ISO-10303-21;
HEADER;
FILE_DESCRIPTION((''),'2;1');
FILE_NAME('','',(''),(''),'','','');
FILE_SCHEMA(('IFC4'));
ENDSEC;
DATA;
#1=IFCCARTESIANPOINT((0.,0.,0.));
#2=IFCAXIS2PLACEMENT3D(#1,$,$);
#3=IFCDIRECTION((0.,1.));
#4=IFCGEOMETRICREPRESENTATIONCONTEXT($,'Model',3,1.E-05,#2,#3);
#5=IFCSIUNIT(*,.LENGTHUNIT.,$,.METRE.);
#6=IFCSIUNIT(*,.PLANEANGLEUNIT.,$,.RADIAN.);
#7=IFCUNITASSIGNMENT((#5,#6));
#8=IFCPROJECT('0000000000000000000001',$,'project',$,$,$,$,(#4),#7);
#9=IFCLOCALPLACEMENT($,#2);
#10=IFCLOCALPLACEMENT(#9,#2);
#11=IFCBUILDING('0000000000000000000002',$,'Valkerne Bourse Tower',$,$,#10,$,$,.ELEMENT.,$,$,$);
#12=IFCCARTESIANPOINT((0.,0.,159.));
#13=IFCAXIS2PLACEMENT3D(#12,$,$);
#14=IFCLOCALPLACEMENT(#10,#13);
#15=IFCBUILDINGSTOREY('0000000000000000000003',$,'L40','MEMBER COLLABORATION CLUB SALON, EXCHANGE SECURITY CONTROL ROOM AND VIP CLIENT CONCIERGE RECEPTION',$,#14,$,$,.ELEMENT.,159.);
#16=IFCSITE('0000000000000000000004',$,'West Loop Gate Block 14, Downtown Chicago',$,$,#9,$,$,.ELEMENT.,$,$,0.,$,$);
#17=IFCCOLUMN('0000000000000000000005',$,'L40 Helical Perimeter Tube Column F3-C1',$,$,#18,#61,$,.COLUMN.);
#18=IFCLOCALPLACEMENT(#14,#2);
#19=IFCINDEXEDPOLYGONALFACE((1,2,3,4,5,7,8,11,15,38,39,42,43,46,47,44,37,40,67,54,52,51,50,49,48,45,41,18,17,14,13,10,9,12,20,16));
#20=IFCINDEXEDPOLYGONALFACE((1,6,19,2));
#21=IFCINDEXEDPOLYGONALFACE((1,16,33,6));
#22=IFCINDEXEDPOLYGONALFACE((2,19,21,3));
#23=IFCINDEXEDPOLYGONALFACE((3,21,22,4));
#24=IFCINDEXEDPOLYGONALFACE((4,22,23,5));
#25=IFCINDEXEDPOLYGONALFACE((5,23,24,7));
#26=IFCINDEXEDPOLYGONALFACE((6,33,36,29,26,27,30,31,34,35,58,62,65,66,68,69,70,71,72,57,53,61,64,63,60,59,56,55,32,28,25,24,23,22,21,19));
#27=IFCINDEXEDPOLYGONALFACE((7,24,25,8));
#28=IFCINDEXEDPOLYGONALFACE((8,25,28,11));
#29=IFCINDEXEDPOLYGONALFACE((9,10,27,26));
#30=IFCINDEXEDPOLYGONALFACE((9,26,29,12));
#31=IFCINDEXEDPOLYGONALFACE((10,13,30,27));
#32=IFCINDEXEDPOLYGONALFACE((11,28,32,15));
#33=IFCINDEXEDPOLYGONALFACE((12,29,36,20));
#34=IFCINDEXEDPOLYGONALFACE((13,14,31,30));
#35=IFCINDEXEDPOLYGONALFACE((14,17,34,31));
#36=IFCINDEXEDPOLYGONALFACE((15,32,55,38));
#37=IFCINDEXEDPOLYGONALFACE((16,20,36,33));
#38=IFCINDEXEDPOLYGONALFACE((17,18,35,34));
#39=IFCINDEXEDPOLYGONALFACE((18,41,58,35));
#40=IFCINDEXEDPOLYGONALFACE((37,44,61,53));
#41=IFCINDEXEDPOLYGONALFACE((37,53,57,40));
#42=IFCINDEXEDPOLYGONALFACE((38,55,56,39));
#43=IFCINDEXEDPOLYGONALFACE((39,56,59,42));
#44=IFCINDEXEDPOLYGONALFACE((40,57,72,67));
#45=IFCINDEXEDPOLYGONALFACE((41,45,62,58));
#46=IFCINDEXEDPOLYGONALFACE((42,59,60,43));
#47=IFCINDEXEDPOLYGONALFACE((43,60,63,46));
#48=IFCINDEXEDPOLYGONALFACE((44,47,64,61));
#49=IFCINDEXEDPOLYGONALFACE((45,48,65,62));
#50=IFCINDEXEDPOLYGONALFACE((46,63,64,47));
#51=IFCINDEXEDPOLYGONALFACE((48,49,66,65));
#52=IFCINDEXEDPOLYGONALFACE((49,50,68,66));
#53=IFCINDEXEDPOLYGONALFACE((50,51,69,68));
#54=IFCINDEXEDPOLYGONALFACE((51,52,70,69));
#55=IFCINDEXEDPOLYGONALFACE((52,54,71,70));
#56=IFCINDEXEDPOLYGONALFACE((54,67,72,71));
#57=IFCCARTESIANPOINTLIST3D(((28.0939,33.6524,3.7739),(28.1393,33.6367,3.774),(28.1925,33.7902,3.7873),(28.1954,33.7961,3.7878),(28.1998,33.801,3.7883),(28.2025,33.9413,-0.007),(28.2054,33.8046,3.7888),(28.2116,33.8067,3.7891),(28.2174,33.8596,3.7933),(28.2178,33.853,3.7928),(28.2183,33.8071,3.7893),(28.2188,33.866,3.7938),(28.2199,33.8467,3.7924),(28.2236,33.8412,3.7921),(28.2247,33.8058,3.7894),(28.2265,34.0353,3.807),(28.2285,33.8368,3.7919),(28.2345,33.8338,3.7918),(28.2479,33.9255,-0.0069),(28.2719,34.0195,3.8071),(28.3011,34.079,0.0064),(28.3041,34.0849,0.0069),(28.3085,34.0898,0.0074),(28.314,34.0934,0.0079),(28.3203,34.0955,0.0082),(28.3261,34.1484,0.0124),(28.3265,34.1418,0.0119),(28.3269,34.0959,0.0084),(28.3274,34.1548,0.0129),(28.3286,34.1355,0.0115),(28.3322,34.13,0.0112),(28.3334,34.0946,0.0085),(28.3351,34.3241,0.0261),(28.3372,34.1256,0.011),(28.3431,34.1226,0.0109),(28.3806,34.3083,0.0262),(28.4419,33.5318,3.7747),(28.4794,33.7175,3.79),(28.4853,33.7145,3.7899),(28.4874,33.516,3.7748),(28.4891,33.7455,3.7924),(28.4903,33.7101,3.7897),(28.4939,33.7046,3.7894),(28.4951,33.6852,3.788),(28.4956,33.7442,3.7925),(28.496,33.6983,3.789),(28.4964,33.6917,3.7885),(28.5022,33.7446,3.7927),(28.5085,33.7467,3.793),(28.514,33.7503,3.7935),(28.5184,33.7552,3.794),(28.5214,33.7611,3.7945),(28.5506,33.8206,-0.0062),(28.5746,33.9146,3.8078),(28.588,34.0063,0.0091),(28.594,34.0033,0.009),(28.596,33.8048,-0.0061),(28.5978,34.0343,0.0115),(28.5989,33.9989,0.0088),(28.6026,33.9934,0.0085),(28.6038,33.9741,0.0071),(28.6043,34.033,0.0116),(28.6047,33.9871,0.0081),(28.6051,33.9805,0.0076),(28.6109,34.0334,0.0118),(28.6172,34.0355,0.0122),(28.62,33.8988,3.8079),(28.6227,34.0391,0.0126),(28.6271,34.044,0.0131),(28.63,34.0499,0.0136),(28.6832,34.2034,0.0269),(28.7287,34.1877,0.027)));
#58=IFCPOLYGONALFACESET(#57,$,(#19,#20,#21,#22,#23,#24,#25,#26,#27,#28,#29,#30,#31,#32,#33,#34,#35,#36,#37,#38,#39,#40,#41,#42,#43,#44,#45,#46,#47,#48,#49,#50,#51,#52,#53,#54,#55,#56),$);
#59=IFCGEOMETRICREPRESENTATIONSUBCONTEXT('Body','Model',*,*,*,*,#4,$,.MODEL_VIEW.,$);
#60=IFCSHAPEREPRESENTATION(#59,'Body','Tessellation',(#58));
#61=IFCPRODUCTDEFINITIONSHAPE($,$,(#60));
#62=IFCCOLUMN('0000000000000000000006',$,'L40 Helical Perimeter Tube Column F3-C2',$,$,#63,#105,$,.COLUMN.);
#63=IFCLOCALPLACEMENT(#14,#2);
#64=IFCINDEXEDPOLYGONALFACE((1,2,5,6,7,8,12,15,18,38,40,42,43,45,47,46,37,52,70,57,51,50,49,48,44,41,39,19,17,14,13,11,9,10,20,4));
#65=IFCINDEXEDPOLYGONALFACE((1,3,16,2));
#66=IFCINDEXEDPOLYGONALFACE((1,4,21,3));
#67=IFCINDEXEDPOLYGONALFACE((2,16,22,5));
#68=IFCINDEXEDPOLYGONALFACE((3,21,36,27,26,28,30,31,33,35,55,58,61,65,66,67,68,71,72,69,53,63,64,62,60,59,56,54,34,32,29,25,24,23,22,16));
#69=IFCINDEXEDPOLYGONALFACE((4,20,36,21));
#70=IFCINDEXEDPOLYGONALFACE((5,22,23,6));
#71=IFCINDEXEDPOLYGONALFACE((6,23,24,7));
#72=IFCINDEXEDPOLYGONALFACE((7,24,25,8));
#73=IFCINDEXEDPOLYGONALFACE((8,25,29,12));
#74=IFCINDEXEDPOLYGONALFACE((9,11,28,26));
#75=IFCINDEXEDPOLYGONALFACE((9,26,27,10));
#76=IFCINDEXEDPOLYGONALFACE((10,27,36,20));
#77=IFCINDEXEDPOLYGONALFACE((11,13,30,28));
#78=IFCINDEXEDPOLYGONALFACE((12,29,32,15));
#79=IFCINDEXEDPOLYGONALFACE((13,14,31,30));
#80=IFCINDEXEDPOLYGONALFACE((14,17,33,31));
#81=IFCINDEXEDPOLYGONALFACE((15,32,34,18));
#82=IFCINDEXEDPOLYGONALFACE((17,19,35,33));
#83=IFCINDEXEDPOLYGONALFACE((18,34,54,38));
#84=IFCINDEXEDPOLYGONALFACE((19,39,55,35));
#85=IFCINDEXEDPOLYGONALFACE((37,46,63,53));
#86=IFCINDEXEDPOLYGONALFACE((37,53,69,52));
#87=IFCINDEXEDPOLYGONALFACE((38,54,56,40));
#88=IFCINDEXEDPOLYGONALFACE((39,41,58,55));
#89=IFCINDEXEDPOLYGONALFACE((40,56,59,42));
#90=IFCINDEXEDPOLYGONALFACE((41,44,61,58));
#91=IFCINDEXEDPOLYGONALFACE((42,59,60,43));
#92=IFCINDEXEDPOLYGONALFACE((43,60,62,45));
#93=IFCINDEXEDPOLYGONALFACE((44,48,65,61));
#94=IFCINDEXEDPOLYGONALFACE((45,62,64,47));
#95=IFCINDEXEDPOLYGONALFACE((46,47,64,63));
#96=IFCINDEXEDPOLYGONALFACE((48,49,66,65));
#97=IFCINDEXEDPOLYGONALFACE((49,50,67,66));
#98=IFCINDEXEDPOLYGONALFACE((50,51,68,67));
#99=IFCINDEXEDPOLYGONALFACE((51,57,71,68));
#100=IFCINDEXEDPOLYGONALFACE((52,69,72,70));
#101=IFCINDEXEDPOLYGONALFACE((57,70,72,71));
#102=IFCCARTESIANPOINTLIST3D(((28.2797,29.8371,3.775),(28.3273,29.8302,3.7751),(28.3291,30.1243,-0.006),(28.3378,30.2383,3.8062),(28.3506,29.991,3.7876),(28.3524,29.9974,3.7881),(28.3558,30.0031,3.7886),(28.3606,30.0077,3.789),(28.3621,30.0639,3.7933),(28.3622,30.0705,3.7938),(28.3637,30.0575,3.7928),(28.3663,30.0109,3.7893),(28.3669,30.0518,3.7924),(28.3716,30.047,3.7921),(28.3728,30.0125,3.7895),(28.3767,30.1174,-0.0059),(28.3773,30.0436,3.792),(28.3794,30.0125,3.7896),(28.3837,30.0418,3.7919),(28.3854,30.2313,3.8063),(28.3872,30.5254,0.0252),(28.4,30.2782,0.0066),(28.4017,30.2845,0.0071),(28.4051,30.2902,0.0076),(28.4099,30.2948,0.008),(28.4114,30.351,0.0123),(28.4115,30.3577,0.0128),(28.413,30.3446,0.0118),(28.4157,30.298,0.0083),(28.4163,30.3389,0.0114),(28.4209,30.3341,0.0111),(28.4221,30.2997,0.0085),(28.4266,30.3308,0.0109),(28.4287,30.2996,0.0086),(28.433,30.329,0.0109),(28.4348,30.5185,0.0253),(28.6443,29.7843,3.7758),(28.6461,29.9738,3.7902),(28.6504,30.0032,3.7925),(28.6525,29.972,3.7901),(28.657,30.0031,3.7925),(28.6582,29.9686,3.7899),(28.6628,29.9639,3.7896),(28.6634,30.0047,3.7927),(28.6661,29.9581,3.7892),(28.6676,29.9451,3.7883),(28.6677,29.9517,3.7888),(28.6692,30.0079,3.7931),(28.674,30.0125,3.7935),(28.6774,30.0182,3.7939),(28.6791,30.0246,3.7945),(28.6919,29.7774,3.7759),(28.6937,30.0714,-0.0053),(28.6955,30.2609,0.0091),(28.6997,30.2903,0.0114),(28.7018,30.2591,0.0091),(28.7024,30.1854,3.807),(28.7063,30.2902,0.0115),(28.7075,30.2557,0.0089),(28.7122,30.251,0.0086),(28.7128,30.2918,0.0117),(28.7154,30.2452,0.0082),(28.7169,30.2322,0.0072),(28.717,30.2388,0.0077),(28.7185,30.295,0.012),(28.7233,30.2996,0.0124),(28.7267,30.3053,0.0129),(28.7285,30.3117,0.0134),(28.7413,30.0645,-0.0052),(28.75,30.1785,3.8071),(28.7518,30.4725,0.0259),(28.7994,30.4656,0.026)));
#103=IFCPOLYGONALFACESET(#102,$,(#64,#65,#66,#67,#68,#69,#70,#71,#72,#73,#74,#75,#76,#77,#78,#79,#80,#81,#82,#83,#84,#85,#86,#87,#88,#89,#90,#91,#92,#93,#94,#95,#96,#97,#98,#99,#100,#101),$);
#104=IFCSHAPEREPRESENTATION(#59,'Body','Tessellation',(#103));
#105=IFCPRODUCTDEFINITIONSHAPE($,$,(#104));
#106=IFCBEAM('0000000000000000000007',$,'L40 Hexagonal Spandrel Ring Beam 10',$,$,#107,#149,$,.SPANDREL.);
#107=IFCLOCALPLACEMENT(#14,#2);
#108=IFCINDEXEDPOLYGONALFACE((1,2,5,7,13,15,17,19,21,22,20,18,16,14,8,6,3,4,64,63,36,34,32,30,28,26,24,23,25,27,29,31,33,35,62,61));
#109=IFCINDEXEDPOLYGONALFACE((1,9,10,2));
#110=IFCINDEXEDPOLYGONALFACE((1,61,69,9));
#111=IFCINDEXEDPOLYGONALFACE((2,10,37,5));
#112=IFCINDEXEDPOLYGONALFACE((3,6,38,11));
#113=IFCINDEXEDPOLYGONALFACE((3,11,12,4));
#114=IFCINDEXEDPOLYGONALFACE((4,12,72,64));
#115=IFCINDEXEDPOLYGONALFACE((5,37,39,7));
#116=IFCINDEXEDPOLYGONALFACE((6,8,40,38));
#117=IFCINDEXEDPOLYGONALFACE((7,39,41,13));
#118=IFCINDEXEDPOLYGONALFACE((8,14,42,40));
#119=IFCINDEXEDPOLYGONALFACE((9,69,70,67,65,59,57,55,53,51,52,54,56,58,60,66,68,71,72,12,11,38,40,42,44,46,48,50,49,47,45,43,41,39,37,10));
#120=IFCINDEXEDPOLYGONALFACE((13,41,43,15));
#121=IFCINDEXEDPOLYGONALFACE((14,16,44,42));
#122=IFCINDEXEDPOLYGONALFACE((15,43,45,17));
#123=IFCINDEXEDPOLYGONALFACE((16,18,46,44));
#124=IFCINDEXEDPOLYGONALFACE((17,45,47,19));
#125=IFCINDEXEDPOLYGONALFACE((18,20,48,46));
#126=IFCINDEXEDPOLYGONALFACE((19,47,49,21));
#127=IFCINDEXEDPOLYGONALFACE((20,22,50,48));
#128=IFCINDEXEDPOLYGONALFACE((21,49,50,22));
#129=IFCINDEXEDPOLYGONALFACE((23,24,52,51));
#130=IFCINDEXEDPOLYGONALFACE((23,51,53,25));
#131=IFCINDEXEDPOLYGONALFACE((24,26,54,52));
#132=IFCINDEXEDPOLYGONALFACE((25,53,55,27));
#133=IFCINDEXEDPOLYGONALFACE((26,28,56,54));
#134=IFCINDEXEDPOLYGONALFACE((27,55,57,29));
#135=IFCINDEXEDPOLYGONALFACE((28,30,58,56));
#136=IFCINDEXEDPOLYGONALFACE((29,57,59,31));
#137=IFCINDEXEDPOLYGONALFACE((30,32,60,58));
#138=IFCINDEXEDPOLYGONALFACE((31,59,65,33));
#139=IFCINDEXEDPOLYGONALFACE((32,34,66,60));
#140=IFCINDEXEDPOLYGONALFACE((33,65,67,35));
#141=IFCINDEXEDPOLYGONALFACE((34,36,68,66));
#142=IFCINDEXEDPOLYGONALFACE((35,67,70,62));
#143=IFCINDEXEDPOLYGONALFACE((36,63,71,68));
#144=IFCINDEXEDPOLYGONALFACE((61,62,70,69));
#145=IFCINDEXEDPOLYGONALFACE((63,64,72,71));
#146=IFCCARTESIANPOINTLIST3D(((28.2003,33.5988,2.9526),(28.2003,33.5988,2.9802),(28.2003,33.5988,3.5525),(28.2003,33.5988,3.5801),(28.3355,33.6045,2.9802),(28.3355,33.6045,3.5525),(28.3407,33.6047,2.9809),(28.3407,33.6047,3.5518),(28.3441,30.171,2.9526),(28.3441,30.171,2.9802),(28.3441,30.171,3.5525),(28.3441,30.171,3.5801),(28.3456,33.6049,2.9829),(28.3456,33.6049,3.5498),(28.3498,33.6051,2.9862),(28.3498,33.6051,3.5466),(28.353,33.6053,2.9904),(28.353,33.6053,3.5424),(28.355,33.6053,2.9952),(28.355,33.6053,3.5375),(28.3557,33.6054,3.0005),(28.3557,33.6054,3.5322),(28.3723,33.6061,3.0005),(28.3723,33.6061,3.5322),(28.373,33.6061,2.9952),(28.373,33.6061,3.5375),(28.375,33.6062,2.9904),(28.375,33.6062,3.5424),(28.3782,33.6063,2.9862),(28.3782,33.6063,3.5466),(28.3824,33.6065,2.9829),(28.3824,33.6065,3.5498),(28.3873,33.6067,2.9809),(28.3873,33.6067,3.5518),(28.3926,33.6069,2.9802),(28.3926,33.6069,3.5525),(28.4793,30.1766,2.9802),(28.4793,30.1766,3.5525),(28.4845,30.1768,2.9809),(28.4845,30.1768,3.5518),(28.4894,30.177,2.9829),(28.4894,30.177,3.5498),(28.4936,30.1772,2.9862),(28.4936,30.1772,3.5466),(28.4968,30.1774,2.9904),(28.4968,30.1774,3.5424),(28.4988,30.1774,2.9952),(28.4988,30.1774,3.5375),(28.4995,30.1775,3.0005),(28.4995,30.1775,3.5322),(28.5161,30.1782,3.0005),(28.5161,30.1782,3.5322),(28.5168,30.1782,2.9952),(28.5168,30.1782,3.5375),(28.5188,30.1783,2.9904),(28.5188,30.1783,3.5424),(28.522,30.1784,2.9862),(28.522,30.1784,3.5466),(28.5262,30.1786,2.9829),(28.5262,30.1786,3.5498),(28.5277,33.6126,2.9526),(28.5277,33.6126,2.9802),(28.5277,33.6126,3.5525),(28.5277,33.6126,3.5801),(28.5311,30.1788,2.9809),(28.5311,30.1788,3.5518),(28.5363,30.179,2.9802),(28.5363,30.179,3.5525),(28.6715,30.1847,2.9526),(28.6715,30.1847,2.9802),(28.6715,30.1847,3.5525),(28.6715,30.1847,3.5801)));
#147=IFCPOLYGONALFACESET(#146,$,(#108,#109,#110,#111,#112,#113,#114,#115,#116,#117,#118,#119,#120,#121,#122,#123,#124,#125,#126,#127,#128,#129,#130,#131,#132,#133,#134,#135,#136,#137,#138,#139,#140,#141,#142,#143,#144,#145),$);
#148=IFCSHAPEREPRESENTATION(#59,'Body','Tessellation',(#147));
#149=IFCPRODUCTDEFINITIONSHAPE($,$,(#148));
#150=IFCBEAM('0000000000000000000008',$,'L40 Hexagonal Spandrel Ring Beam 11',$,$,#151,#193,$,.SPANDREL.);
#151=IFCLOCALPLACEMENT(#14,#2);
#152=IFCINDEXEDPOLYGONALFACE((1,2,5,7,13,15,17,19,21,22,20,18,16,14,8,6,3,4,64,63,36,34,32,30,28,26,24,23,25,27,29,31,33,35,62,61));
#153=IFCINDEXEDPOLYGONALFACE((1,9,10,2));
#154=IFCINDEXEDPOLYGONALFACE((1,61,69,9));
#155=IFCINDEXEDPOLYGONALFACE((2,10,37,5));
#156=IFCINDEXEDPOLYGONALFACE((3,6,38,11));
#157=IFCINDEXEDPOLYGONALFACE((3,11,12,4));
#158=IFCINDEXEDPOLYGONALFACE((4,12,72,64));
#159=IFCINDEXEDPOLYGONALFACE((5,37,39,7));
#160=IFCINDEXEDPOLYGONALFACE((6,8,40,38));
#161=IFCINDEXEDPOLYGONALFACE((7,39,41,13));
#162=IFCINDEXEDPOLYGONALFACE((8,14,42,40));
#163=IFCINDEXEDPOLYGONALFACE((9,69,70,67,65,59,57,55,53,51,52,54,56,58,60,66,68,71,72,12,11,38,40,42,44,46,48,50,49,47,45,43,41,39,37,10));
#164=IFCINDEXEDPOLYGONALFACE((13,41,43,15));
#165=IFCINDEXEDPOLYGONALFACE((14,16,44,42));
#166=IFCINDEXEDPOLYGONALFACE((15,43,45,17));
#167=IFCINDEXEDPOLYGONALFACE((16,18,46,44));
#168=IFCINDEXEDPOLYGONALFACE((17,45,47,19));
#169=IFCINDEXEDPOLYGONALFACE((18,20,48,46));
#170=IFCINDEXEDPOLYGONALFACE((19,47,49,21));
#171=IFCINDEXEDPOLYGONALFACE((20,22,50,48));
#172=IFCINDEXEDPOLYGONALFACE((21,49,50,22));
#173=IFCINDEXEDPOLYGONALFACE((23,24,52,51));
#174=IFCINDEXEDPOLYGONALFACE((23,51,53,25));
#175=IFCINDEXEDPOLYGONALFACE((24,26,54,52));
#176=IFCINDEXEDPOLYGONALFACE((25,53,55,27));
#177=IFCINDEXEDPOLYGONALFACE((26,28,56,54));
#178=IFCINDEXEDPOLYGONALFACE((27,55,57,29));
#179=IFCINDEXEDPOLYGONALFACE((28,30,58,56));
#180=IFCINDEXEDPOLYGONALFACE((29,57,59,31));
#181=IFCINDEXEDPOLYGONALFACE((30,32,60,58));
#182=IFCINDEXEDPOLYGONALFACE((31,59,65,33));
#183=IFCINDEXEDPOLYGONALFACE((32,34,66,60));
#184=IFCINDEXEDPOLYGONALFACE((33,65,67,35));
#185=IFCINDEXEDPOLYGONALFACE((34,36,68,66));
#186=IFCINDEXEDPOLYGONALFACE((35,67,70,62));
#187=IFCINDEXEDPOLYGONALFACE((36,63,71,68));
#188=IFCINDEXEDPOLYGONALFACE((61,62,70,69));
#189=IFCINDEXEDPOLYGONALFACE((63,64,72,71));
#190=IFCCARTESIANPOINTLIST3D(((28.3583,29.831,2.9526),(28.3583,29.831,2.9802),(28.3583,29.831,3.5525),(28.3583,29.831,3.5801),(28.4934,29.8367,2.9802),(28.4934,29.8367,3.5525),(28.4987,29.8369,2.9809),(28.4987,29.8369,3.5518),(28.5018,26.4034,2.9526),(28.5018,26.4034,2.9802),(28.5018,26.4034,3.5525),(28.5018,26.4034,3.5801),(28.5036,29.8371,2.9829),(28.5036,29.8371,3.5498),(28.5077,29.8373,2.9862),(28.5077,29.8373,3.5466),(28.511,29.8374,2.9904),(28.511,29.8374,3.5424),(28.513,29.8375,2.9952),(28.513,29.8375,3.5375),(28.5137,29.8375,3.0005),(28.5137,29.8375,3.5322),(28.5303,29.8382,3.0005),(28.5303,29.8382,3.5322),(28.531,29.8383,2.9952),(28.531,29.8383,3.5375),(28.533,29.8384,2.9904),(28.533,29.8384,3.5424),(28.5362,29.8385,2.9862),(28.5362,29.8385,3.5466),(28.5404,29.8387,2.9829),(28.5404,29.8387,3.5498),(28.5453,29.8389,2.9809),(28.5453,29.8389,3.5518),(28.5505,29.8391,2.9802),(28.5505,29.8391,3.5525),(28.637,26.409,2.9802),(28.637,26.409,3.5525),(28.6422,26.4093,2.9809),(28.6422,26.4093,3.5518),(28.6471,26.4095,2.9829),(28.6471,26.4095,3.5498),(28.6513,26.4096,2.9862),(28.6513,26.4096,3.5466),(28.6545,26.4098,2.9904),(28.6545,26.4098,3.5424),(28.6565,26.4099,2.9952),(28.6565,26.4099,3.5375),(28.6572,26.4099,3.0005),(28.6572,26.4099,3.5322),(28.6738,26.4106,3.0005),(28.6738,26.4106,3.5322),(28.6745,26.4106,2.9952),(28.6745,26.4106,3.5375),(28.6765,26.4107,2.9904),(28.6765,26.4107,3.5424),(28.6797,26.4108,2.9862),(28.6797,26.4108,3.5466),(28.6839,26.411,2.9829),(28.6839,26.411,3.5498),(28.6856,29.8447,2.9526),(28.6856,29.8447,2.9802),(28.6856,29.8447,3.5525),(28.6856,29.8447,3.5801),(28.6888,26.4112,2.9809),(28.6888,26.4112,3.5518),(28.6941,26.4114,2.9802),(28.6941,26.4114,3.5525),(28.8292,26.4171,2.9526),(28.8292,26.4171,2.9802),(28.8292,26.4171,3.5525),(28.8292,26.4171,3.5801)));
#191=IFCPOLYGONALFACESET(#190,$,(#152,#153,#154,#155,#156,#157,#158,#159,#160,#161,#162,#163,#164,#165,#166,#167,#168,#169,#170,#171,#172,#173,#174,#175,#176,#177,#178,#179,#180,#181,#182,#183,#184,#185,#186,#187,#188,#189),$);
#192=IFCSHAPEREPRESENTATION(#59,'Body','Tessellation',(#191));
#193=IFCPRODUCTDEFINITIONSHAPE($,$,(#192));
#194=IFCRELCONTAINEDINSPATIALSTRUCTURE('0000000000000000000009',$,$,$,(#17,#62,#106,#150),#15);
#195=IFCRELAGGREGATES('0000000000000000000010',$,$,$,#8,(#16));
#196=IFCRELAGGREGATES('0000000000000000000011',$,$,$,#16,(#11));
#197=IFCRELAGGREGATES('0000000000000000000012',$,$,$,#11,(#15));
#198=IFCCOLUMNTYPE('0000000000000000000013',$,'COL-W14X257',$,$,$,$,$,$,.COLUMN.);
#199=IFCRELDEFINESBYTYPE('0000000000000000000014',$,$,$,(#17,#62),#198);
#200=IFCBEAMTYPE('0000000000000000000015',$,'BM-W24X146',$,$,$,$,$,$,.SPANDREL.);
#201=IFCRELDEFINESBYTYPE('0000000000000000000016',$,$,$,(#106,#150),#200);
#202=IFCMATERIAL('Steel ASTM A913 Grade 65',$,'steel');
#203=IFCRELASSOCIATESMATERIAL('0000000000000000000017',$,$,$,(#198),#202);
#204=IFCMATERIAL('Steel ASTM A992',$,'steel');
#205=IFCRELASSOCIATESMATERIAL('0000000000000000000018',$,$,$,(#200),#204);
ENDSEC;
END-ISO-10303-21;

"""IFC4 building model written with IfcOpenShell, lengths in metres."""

from ifc_helpers import new_model, si_unit, direction, frame, origin, origin_2d, place, context, subcontext, project, spatial, i_section, extrude, material, material_profile, profile_set, type_object, element, save


model = new_model("IFC4")

# Units and contexts
model_context = context("Model", 3, precision=1e-05, world=origin(), true_north=direction((0.0, 1.0)))
body_context = subcontext(model_context, "Body", "Model", "MODEL_VIEW")
ifc_project = project(units=[si_unit("LENGTHUNIT", "METRE"), si_unit("PLANEANGLEUNIT", "RADIAN")], contexts=[model_context])

# Site, building, storey
site_placement = place(None, origin())
site = spatial("IfcSite", under=ifc_project, at=site_placement, Name="West Loop Gate Block 14, Downtown Chicago", CompositionType="ELEMENT", RefElevation=0.0)
building_placement = place(site_placement, origin())
building = spatial("IfcBuilding", under=site, at=building_placement, Name="Valkerne Bourse Tower", CompositionType="ELEMENT")
storey_placement = place(building_placement, frame((0.0, 0.0, 159.0)))
storey = spatial("IfcBuildingStorey", under=building, at=storey_placement, Name="L40", Description="MEMBER COLLABORATION CLUB SALON, EXCHANGE SECURITY CONTROL ROOM AND VIP CLIENT CONCIERGE RECEPTION", CompositionType="ELEMENT", Elevation=159.0)

# Columns
ifc_material_1 = material(Name="Steel ASTM A913 Grade 65", Category="steel")
ifc_material_profile_1 = material_profile(ifc_material_1, i_section(OverallWidth=0.4065, OverallDepth=0.4165, WebThickness=0.0298, FlangeThickness=0.0481, FilletRadius=0.0254, at=origin_2d()), Name="W14X257")
ifc_profile_set_1 = profile_set([ifc_material_profile_1], Name="Steel ASTM A913 Grade 65")
column_type = type_object("IfcColumnType", Name="COL-W14X257", PredefinedType="COLUMN", material=ifc_profile_set_1)
column_1_placement = place(storey_placement, frame((28.4656, 34.0645, 0.01), z_axis=(-0.028639, -0.076134, 0.996686), x_axis=(-0.326289, -0.941766, -0.081314)))
element("IfcColumn", 1, at=column_1_placement, inside=storey, type_object=column_type, Name="L40 Helical Perimeter Tube Column F3-C1", PredefinedType="COLUMN", context=body_context, shape_type="SweptSolid", body=[
    extrude(i_section(OverallWidth=0.4065, OverallDepth=0.4165, WebThickness=0.0298, FlangeThickness=0.0481, FilletRadius=0.0254, at=origin_2d()), origin(), (0.0, 0.0, 1.0), 3.7935),
])
column_2_placement = place(storey_placement, frame((28.5642, 30.2949, 0.01), z_axis=(-0.013005, -0.07571, 0.997045), x_axis=(-0.142932, -0.986749, -0.076793)))
element("IfcColumn", 2, at=column_2_placement, inside=storey, type_object=column_type, Name="L40 Helical Perimeter Tube Column F3-C2", PredefinedType="COLUMN", context=body_context, shape_type="SweptSolid", body=[
    extrude(i_section(OverallWidth=0.4065, OverallDepth=0.4165, WebThickness=0.0298, FlangeThickness=0.0481, FilletRadius=0.0254, at=origin_2d()), origin(), (0.0, 0.0, 1.0), 3.7922),
])

# Beams
ifc_material_2 = material(Name="Steel ASTM A992", Category="steel")
ifc_material_profile_2 = material_profile(ifc_material_2, i_section(OverallWidth=0.3276, OverallDepth=0.6274, WebThickness=0.0166, FlangeThickness=0.0276, FilletRadius=0.0203, at=origin_2d()), Name="W24X146")
ifc_profile_set_2 = profile_set([ifc_material_profile_2], Name="Steel ASTM A992")
beam_type_1 = type_object("IfcBeamType", Name="BM-W24X146", PredefinedType="SPANDREL", material=ifc_profile_set_2)
beam_1_placement = place(storey_placement, frame((28.364, 33.6057, 3.2664), z_axis=(0.041912, -0.999121, 0.0), x_axis=(0.999121, 0.041912, 0.0)))
element("IfcBeam", 3, at=beam_1_placement, inside=storey, type_object=beam_type_1, Name="L40 Hexagonal Spandrel Ring Beam 10", PredefinedType="SPANDREL", context=body_context, shape_type="SweptSolid", body=[
    extrude(i_section(OverallWidth=0.3276, OverallDepth=0.6274, WebThickness=0.0166, FlangeThickness=0.0276, FilletRadius=0.0203, at=origin_2d()), origin(), (0.0, 0.0, 1.0), 3.4309),
])
beam_2_placement = place(storey_placement, frame((28.522, 29.8379, 3.2664), z_axis=(0.041844, -0.999124, 0.0), x_axis=(0.999124, 0.041844, 0.0)))
element("IfcBeam", 4, at=beam_2_placement, inside=storey, type_object=beam_type_1, Name="L40 Hexagonal Spandrel Ring Beam 11", PredefinedType="SPANDREL", context=body_context, shape_type="SweptSolid", body=[
    extrude(i_section(OverallWidth=0.3276, OverallDepth=0.6274, WebThickness=0.0166, FlangeThickness=0.0276, FilletRadius=0.0203, at=origin_2d()), origin(), (0.0, 0.0, 1.0), 3.4307),
])

save(model, "model.ifc")
